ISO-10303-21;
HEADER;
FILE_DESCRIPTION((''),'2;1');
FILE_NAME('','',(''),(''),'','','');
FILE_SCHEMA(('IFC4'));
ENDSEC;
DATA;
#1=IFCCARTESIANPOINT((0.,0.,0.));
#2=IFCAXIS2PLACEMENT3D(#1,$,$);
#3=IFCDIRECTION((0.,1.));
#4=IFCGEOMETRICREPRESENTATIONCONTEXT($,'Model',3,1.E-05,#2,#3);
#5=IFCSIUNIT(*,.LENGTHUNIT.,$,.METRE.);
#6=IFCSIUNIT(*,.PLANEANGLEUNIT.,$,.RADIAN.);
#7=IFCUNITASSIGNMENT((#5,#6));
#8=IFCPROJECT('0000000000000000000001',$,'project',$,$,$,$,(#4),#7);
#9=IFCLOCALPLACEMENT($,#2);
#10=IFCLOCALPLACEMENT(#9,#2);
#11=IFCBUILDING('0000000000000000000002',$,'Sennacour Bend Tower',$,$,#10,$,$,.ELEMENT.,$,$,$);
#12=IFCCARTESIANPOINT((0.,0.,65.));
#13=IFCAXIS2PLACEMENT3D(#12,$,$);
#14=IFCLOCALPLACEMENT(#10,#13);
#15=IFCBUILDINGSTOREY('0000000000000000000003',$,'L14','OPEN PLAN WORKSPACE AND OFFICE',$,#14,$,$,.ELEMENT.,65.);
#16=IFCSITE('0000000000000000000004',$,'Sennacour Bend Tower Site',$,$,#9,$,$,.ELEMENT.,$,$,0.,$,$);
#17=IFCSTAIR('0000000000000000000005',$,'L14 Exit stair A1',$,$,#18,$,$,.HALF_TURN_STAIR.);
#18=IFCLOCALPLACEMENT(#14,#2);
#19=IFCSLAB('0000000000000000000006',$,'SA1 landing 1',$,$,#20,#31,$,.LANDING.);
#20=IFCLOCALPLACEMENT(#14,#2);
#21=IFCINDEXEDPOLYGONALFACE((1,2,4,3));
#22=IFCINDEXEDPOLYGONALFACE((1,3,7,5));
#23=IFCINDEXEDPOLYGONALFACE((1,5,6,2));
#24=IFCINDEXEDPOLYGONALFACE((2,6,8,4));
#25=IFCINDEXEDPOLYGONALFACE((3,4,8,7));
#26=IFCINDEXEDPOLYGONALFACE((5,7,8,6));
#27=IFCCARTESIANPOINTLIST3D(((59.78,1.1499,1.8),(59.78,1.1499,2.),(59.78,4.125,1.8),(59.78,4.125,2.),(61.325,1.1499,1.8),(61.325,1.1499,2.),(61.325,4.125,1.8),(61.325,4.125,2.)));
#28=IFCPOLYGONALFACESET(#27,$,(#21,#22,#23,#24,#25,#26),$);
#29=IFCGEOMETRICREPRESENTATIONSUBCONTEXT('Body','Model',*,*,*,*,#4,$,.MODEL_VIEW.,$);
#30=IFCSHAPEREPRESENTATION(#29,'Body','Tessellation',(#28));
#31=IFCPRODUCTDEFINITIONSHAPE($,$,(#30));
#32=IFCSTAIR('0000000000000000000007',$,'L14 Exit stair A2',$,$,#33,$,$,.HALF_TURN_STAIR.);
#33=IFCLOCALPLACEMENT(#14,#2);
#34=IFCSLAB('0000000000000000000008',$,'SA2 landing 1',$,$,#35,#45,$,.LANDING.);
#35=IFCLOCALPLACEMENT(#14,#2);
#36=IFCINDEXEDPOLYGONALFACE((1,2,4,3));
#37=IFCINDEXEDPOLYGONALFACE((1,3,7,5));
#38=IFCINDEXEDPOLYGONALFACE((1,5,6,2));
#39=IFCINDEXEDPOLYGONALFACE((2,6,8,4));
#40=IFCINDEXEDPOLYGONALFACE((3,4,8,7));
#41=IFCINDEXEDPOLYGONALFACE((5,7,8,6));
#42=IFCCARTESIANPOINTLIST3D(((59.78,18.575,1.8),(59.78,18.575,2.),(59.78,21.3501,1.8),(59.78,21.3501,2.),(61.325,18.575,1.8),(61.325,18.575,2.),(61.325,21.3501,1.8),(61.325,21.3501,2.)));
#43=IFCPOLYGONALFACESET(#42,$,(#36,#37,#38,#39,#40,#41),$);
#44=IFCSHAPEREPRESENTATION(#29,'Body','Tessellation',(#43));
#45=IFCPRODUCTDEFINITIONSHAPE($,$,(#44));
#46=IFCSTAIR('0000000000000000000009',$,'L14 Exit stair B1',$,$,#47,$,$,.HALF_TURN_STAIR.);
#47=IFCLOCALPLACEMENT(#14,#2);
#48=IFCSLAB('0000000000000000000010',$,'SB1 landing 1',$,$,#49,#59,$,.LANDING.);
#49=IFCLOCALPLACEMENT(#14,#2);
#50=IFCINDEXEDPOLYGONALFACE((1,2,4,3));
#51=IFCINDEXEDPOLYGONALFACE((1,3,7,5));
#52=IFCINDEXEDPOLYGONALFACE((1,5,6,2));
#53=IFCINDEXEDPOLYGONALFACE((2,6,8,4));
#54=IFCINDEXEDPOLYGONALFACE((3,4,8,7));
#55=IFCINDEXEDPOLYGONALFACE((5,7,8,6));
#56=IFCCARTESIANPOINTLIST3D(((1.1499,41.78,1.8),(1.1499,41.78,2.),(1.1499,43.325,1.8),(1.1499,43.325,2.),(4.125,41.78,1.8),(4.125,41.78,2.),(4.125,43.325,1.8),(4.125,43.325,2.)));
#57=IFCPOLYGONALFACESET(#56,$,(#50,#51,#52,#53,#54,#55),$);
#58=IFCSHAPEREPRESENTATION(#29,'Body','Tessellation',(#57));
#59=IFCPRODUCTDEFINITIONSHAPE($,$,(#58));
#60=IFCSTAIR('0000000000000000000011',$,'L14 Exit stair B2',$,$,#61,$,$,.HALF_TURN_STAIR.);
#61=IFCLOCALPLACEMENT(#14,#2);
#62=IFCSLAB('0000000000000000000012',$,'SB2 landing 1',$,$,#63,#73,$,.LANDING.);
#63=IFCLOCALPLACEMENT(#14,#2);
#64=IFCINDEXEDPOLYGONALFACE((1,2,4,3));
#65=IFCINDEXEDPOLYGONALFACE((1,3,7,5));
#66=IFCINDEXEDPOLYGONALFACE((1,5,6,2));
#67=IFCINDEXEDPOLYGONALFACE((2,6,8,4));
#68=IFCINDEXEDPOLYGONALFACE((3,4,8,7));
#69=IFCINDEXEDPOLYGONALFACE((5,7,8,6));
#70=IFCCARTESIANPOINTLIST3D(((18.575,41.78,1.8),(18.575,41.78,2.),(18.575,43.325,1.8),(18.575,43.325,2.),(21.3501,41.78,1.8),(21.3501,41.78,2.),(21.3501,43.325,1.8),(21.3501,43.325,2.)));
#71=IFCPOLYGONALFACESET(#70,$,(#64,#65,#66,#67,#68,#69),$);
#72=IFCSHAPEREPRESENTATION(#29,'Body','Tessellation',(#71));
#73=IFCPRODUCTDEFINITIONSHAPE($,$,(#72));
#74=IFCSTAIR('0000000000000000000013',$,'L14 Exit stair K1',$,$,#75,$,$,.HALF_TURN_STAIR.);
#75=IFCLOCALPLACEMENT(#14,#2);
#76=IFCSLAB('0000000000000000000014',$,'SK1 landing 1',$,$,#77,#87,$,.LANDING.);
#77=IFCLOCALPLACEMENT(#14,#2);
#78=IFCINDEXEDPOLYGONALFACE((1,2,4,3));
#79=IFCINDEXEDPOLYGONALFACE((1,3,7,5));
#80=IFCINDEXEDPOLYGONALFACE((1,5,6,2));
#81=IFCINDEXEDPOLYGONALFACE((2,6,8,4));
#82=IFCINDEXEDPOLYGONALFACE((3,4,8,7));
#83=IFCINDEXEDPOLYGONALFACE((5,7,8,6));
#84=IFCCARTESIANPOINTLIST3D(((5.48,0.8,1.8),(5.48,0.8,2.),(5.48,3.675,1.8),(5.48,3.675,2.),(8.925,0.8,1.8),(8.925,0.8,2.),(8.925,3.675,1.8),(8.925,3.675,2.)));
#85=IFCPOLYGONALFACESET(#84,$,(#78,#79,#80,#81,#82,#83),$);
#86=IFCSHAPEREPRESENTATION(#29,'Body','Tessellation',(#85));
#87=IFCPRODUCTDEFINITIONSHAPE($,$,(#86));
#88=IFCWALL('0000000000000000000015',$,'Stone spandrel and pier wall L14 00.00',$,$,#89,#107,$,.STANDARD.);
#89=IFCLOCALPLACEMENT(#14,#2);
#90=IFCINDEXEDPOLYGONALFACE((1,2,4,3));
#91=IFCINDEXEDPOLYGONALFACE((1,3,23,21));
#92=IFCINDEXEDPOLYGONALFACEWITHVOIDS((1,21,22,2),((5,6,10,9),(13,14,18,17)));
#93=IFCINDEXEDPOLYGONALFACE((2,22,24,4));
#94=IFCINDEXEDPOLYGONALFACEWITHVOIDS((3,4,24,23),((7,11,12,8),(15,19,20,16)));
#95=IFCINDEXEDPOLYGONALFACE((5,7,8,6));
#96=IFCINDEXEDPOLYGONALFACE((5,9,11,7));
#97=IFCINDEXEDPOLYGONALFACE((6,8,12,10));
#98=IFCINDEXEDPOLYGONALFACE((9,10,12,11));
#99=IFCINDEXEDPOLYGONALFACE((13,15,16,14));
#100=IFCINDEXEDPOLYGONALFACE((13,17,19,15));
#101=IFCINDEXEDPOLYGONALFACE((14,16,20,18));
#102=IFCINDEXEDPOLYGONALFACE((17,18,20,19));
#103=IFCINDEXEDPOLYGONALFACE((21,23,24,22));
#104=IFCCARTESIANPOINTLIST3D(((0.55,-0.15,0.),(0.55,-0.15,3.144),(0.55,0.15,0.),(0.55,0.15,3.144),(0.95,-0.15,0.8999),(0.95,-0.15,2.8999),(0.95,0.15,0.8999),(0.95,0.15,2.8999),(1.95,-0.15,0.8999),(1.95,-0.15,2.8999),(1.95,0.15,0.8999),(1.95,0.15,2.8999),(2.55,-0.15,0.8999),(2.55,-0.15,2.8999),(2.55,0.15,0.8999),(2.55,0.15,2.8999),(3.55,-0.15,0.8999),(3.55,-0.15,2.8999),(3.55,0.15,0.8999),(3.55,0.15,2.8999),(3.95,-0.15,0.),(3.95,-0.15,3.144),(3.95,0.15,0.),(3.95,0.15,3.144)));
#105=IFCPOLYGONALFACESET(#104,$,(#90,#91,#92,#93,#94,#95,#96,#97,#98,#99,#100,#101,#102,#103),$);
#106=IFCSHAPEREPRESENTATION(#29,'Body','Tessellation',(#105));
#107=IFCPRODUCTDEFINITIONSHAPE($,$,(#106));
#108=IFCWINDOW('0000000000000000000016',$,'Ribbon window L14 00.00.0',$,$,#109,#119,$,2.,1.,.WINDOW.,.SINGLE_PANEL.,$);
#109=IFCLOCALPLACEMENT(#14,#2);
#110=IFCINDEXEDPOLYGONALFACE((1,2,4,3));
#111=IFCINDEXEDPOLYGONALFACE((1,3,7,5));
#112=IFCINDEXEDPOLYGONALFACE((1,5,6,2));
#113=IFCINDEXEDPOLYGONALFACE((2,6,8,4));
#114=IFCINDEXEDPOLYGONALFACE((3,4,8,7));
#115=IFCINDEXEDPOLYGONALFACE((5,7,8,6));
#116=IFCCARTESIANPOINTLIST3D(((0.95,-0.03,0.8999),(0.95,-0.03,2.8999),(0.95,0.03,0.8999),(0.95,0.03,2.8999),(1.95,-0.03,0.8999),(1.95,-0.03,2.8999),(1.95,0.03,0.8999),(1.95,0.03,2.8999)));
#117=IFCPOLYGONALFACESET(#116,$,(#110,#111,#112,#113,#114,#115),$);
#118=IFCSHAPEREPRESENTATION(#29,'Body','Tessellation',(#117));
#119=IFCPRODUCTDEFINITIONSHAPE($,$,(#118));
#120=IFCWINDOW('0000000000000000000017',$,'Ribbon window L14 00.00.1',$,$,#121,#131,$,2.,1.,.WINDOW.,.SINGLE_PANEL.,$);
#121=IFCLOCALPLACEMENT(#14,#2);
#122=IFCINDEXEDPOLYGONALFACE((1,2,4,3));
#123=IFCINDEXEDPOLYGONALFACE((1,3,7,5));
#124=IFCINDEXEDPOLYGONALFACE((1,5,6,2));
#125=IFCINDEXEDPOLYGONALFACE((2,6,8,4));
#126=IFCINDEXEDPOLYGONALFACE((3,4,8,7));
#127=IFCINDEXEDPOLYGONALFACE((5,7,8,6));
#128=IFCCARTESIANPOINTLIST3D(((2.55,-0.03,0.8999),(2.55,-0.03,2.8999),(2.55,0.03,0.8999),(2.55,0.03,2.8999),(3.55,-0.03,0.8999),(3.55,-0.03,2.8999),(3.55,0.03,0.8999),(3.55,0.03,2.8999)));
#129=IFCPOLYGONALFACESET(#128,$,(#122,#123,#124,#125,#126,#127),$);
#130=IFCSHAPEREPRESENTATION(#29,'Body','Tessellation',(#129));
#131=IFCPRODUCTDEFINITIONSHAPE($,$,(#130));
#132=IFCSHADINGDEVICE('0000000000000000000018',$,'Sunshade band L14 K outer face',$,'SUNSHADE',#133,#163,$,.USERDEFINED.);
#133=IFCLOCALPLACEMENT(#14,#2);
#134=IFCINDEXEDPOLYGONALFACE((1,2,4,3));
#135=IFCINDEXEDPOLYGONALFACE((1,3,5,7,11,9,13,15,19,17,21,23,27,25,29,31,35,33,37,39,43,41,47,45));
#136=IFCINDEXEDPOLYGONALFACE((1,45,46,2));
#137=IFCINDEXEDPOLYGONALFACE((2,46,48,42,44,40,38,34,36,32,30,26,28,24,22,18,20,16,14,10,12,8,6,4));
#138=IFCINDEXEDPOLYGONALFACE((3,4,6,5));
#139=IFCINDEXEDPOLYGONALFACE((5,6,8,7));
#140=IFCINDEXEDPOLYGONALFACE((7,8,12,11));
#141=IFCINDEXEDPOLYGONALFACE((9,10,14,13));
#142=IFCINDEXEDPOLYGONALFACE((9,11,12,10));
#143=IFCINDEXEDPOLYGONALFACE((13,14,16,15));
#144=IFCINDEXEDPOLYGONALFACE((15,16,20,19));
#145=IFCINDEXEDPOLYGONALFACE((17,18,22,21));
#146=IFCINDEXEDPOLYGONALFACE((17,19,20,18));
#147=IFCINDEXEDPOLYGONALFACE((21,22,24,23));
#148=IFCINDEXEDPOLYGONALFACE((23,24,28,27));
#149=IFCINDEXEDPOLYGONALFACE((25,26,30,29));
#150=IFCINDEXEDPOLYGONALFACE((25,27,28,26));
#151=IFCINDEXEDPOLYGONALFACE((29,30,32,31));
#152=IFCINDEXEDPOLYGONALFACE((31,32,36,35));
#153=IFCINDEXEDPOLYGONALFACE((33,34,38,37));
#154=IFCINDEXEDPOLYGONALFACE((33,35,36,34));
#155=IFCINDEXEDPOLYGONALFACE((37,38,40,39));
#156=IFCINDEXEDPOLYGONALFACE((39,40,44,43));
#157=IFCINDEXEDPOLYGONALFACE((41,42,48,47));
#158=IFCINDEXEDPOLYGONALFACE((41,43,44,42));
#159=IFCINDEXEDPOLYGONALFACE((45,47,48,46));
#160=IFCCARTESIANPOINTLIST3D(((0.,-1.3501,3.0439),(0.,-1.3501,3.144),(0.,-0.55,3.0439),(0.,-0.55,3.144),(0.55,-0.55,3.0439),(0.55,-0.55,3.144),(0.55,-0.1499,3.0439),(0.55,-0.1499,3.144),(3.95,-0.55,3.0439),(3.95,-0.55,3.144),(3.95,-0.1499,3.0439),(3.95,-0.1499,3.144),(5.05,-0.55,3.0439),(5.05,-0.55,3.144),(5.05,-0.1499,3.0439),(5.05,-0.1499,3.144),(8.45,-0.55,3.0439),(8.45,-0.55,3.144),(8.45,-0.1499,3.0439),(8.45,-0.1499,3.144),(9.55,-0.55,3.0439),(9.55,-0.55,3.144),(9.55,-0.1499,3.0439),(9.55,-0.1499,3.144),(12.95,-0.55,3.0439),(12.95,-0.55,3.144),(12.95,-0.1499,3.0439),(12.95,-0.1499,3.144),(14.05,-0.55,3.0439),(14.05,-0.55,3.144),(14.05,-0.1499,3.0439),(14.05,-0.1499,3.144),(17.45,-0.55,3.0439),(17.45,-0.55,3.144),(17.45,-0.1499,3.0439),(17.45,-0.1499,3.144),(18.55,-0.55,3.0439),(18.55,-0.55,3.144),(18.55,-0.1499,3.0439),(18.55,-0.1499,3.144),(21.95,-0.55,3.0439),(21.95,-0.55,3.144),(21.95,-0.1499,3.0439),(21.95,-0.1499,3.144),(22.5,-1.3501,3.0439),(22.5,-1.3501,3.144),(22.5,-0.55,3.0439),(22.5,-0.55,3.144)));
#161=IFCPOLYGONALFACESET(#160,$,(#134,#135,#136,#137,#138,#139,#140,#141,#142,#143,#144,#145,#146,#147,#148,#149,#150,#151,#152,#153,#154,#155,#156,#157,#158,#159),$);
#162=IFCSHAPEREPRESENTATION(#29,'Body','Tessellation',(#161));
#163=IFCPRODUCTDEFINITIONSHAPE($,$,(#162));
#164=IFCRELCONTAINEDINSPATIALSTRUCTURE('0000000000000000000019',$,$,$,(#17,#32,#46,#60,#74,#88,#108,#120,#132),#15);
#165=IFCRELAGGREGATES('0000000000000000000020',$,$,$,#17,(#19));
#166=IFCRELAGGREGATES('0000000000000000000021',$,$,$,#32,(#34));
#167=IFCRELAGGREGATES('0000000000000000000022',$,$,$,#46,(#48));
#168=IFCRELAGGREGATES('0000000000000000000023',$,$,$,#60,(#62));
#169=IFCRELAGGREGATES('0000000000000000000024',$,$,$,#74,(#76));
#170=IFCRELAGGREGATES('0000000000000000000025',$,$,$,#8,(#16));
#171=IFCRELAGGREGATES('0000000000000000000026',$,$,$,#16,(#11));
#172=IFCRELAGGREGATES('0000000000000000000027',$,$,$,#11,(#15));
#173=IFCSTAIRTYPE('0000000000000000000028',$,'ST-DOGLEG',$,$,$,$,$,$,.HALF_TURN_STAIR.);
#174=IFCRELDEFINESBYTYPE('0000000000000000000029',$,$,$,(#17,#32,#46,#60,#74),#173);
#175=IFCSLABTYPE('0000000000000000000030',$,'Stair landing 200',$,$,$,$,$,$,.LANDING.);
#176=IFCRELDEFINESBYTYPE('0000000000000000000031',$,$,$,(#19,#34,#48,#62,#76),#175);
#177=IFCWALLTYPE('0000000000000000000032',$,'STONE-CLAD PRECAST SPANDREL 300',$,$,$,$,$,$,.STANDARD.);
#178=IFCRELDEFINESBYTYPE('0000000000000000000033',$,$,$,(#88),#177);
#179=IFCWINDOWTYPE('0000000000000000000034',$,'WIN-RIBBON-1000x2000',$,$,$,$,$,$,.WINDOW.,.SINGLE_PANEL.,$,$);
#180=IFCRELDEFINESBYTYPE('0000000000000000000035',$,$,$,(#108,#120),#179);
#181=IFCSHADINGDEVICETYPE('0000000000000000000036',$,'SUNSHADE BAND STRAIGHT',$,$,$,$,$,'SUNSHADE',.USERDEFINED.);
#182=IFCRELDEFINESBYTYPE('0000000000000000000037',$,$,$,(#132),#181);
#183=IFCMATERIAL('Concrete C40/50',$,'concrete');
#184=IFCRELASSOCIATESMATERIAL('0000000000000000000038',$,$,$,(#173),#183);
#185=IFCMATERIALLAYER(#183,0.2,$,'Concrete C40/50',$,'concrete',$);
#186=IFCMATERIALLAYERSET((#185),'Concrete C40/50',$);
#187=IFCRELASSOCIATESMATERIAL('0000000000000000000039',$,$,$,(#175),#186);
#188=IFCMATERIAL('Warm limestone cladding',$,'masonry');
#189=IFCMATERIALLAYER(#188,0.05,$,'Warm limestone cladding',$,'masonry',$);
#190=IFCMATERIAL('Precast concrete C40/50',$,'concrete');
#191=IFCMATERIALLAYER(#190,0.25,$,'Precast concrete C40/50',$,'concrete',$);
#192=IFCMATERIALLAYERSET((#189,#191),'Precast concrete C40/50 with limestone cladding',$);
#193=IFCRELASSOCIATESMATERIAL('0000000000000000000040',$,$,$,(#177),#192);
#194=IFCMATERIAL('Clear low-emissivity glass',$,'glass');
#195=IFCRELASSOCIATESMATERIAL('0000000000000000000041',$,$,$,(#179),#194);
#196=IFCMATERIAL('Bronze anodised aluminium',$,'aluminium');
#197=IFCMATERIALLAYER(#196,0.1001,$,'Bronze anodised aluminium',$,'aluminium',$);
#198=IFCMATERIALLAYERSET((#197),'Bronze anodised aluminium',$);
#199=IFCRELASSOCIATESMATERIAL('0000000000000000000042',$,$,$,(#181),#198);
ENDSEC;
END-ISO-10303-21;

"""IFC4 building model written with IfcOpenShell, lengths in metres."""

from ifc_helpers import new_model, si_unit, direction, frame, frame_2d, origin, place, context, subcontext, project, spatial, polyline, rectangle, outline, extrude, material, layer, layer_set, type_object, element, fill, aggregate, save


model = new_model("IFC4")

# Units and contexts
model_context = context("Model", 3, precision=1e-05, world=origin(), true_north=direction((0.0, 1.0)))
body_context = subcontext(model_context, "Body", "Model", "MODEL_VIEW")
ifc_project = project(units=[si_unit("LENGTHUNIT", "METRE"), si_unit("PLANEANGLEUNIT", "RADIAN")], contexts=[model_context])

# Site, building, storey
site_placement = place(None, origin())
site = spatial("IfcSite", under=ifc_project, at=site_placement, Name="Sennacour Bend Tower Site", CompositionType="ELEMENT", RefElevation=0.0)
building_placement = place(site_placement, origin())
building = spatial("IfcBuilding", under=site, at=building_placement, Name="Sennacour Bend Tower", CompositionType="ELEMENT")
storey_placement = place(building_placement, frame((0.0, 0.0, 65.0)))
storey = spatial("IfcBuildingStorey", under=building, at=storey_placement, Name="L14", Description="OPEN PLAN WORKSPACE AND OFFICE", CompositionType="ELEMENT", Elevation=65.0)

# Shared definitions
ifc_material_1 = material(Name="Concrete C40/50", Category="concrete")

# Stairs, slabs
stair_type = type_object("IfcStairType", Name="ST-DOGLEG", PredefinedType="HALF_TURN_STAIR", material=ifc_material_1)
stair_1_placement = place(storey_placement, origin())
stair_1 = element("IfcStair", 1, at=stair_1_placement, inside=storey, type_object=stair_type, Name="L14 Exit stair A1", PredefinedType="HALF_TURN_STAIR")
ifc_layer_1 = layer(ifc_material_1, 0.2, Name="Concrete C40/50", Category="concrete")
ifc_layer_set_1 = layer_set([ifc_layer_1], Name="Concrete C40/50")
slab_type_1 = type_object("IfcSlabType", Name="Stair landing 200", PredefinedType="LANDING", material=ifc_layer_set_1)
slab_1_placement = place(storey_placement, frame((0.0, 0.0, 1.8)))
slab_1 = element("IfcSlab", 2, at=slab_1_placement, type_object=slab_type_1, Name="SA1 landing 1", PredefinedType="LANDING", context=body_context, shape_type="SweptSolid", body=[
    extrude(outline(polyline([(59.78, 1.1499), (61.325, 1.1499), (61.325, 4.125), (59.78, 4.125), (59.78, 1.1499)])), origin(), (0.0, 0.0, 1.0), 0.2),
])
aggregate(stair_1, [slab_1])
stair_2_placement = place(storey_placement, origin())
stair_2 = element("IfcStair", 3, at=stair_2_placement, inside=storey, type_object=stair_type, Name="L14 Exit stair A2", PredefinedType="HALF_TURN_STAIR")
slab_2_placement = place(storey_placement, frame((0.0, 0.0, 1.8)))
slab_2 = element("IfcSlab", 4, at=slab_2_placement, type_object=slab_type_1, Name="SA2 landing 1", PredefinedType="LANDING", context=body_context, shape_type="SweptSolid", body=[
    extrude(outline(polyline([(59.78, 18.575), (61.325, 18.575), (61.325, 21.3501), (59.78, 21.3501), (59.78, 18.575)])), origin(), (0.0, 0.0, 1.0), 0.2),
])
aggregate(stair_2, [slab_2])
stair_3_placement = place(storey_placement, origin())
stair_3 = element("IfcStair", 5, at=stair_3_placement, inside=storey, type_object=stair_type, Name="L14 Exit stair B1", PredefinedType="HALF_TURN_STAIR")
slab_3_placement = place(storey_placement, frame((0.0, 0.0, 1.8)))
slab_3 = element("IfcSlab", 6, at=slab_3_placement, type_object=slab_type_1, Name="SB1 landing 1", PredefinedType="LANDING", context=body_context, shape_type="SweptSolid", body=[
    extrude(outline(polyline([(1.1499, 41.78), (4.125, 41.78), (4.125, 43.325), (1.1499, 43.325), (1.1499, 41.78)])), origin(), (0.0, 0.0, 1.0), 0.2),
])
aggregate(stair_3, [slab_3])
stair_4_placement = place(storey_placement, origin())
stair_4 = element("IfcStair", 7, at=stair_4_placement, inside=storey, type_object=stair_type, Name="L14 Exit stair B2", PredefinedType="HALF_TURN_STAIR")
slab_4_placement = place(storey_placement, frame((0.0, 0.0, 1.8)))
slab_4 = element("IfcSlab", 8, at=slab_4_placement, type_object=slab_type_1, Name="SB2 landing 1", PredefinedType="LANDING", context=body_context, shape_type="SweptSolid", body=[
    extrude(outline(polyline([(18.575, 41.78), (21.3501, 41.78), (21.3501, 43.325), (18.575, 43.325), (18.575, 41.78)])), origin(), (0.0, 0.0, 1.0), 0.2),
])
aggregate(stair_4, [slab_4])
stair_5_placement = place(storey_placement, origin())
stair_5 = element("IfcStair", 9, at=stair_5_placement, inside=storey, type_object=stair_type, Name="L14 Exit stair K1", PredefinedType="HALF_TURN_STAIR")
slab_5_placement = place(storey_placement, frame((0.0, 0.0, 1.8)))
slab_5 = element("IfcSlab", 10, at=slab_5_placement, type_object=slab_type_1, Name="SK1 landing 1", PredefinedType="LANDING", context=body_context, shape_type="SweptSolid", body=[
    extrude(outline(polyline([(5.48, 0.8), (8.925, 0.8), (8.925, 3.675), (5.48, 3.675), (5.48, 0.8)])), origin(), (0.0, 0.0, 1.0), 0.2),
])
aggregate(stair_5, [slab_5])

# Wall, openings, windows
ifc_material_2 = material(Name="Warm limestone cladding", Category="masonry")
ifc_layer_2 = layer(ifc_material_2, 0.05, Name="Warm limestone cladding", Category="masonry")
ifc_material_3 = material(Name="Precast concrete C40/50", Category="concrete")
ifc_layer_3 = layer(ifc_material_3, 0.25, Name="Precast concrete C40/50", Category="concrete")
ifc_layer_set_2 = layer_set([ifc_layer_2, ifc_layer_3], Name="Precast concrete C40/50 with limestone cladding")
wall_type = type_object("IfcWallType", Name="STONE-CLAD PRECAST SPANDREL 300", PredefinedType="STANDARD", material=ifc_layer_set_2)
wall_placement = place(storey_placement, frame((0.55, 0.0, 0.0), z_axis=(0.0, 0.0, 1.0), x_axis=(1.0, 0.0, 0.0)))
wall = element("IfcWall", 11, at=wall_placement, inside=storey, type_object=wall_type, Name="Stone spandrel and pier wall L14 00.00", PredefinedType="STANDARD", context=body_context, shape_type="SweptSolid", body=[
    extrude(rectangle(XDim=3.3999, YDim=0.3, at=frame_2d((1.7, 0.0))), origin(), (0.0, 0.0, 1.0), 3.144),
])
opening_1_placement = place(wall_placement, frame((0.3999, 0.0, 0.8999)))
opening_1 = element("IfcOpeningElement", 12, at=opening_1_placement, cuts=wall, PredefinedType="OPENING", context=body_context, shape_type="SweptSolid", body=[
    extrude(rectangle(XDim=1.0, YDim=2.0, at=frame_2d((0.5, 1.0))), frame((0.0, 0.1602, 0.0), z_axis=(0.0, -1.0, 0.0), x_axis=(1.0, 0.0, 0.0)), (0.0, 0.0, 1.0), 0.3201),
])
opening_2_placement = place(wall_placement, frame((2.0, 0.0, 0.8999)))
opening_2 = element("IfcOpeningElement", 13, at=opening_2_placement, cuts=wall, PredefinedType="OPENING", context=body_context, shape_type="SweptSolid", body=[
    extrude(rectangle(XDim=1.0, YDim=2.0, at=frame_2d((0.5, 1.0))), frame((0.0, 0.1602, 0.0), z_axis=(0.0, -1.0, 0.0), x_axis=(1.0, 0.0, 0.0)), (0.0, 0.0, 1.0), 0.3201),
])
ifc_material_4 = material(Name="Clear low-emissivity glass", Category="glass")
window_type = type_object("IfcWindowType", Name="WIN-RIBBON-1000x2000", PartitioningType="SINGLE_PANEL", PredefinedType="WINDOW", material=ifc_material_4)
window_1_placement = place(opening_1_placement, origin())
window_1 = element("IfcWindow", 14, at=window_1_placement, inside=storey, type_object=window_type, Name="Ribbon window L14 00.00.0", OverallHeight=2.0, OverallWidth=1.0, PartitioningType="SINGLE_PANEL", PredefinedType="WINDOW", context=body_context, shape_type="SweptSolid", body=[
    extrude(rectangle(XDim=1.0, YDim=2.0, at=frame_2d((0.5, 1.0))), frame((0.0, 0.03, 0.0), z_axis=(0.0, -1.0, 0.0), x_axis=(1.0, 0.0, 0.0)), (0.0, 0.0, 1.0), 0.0601),
])
fill(opening_1, window_1)
window_2_placement = place(opening_2_placement, origin())
window_2 = element("IfcWindow", 15, at=window_2_placement, inside=storey, type_object=window_type, Name="Ribbon window L14 00.00.1", OverallHeight=2.0, OverallWidth=1.0, PartitioningType="SINGLE_PANEL", PredefinedType="WINDOW", context=body_context, shape_type="SweptSolid", body=[
    extrude(rectangle(XDim=1.0, YDim=2.0, at=frame_2d((0.5, 1.0))), frame((0.0, 0.03, 0.0), z_axis=(0.0, -1.0, 0.0), x_axis=(1.0, 0.0, 0.0)), (0.0, 0.0, 1.0), 0.0601),
])
fill(opening_2, window_2)

# Shading device
ifc_material_5 = material(Name="Bronze anodised aluminium", Category="aluminium")
ifc_layer_4 = layer(ifc_material_5, 0.1001, Name="Bronze anodised aluminium", Category="aluminium")
ifc_layer_set_3 = layer_set([ifc_layer_4], Name="Bronze anodised aluminium")
shading_device_type_1 = type_object("IfcShadingDeviceType", Name="SUNSHADE BAND STRAIGHT", ElementType="SUNSHADE", PredefinedType="USERDEFINED", material=ifc_layer_set_3)
shading_device_1_placement = place(storey_placement, frame((0.0, 0.0, 3.0439)))
element("IfcShadingDevice", 16, at=shading_device_1_placement, inside=storey, type_object=shading_device_type_1, Name="Sunshade band L14 K outer face", ObjectType="SUNSHADE", PredefinedType="USERDEFINED", context=body_context, shape_type="SweptSolid", body=[
    extrude(outline(polyline([(3.95, -0.1499), (3.95, -0.55), (5.05, -0.55), (5.05, -0.1499), (8.45, -0.1499), (8.45, -0.55), (9.55, -0.55), (9.55, -0.1499), (12.95, -0.1499), (12.95, -0.55), (14.05, -0.55), (14.05, -0.1499), (17.45, -0.1499), (17.45, -0.55), (18.55, -0.55), (18.55, -0.1499), (21.95, -0.1499), (21.95, -0.55), (22.5, -0.55), (22.5, -1.3501), (0.0, -1.3501), (0.0, -0.55), (0.55, -0.55), (0.55, -0.1499), (3.95, -0.1499)])), origin(), (0.0, 0.0, 1.0), 0.1001),
])

save(model, "model.ifc")
